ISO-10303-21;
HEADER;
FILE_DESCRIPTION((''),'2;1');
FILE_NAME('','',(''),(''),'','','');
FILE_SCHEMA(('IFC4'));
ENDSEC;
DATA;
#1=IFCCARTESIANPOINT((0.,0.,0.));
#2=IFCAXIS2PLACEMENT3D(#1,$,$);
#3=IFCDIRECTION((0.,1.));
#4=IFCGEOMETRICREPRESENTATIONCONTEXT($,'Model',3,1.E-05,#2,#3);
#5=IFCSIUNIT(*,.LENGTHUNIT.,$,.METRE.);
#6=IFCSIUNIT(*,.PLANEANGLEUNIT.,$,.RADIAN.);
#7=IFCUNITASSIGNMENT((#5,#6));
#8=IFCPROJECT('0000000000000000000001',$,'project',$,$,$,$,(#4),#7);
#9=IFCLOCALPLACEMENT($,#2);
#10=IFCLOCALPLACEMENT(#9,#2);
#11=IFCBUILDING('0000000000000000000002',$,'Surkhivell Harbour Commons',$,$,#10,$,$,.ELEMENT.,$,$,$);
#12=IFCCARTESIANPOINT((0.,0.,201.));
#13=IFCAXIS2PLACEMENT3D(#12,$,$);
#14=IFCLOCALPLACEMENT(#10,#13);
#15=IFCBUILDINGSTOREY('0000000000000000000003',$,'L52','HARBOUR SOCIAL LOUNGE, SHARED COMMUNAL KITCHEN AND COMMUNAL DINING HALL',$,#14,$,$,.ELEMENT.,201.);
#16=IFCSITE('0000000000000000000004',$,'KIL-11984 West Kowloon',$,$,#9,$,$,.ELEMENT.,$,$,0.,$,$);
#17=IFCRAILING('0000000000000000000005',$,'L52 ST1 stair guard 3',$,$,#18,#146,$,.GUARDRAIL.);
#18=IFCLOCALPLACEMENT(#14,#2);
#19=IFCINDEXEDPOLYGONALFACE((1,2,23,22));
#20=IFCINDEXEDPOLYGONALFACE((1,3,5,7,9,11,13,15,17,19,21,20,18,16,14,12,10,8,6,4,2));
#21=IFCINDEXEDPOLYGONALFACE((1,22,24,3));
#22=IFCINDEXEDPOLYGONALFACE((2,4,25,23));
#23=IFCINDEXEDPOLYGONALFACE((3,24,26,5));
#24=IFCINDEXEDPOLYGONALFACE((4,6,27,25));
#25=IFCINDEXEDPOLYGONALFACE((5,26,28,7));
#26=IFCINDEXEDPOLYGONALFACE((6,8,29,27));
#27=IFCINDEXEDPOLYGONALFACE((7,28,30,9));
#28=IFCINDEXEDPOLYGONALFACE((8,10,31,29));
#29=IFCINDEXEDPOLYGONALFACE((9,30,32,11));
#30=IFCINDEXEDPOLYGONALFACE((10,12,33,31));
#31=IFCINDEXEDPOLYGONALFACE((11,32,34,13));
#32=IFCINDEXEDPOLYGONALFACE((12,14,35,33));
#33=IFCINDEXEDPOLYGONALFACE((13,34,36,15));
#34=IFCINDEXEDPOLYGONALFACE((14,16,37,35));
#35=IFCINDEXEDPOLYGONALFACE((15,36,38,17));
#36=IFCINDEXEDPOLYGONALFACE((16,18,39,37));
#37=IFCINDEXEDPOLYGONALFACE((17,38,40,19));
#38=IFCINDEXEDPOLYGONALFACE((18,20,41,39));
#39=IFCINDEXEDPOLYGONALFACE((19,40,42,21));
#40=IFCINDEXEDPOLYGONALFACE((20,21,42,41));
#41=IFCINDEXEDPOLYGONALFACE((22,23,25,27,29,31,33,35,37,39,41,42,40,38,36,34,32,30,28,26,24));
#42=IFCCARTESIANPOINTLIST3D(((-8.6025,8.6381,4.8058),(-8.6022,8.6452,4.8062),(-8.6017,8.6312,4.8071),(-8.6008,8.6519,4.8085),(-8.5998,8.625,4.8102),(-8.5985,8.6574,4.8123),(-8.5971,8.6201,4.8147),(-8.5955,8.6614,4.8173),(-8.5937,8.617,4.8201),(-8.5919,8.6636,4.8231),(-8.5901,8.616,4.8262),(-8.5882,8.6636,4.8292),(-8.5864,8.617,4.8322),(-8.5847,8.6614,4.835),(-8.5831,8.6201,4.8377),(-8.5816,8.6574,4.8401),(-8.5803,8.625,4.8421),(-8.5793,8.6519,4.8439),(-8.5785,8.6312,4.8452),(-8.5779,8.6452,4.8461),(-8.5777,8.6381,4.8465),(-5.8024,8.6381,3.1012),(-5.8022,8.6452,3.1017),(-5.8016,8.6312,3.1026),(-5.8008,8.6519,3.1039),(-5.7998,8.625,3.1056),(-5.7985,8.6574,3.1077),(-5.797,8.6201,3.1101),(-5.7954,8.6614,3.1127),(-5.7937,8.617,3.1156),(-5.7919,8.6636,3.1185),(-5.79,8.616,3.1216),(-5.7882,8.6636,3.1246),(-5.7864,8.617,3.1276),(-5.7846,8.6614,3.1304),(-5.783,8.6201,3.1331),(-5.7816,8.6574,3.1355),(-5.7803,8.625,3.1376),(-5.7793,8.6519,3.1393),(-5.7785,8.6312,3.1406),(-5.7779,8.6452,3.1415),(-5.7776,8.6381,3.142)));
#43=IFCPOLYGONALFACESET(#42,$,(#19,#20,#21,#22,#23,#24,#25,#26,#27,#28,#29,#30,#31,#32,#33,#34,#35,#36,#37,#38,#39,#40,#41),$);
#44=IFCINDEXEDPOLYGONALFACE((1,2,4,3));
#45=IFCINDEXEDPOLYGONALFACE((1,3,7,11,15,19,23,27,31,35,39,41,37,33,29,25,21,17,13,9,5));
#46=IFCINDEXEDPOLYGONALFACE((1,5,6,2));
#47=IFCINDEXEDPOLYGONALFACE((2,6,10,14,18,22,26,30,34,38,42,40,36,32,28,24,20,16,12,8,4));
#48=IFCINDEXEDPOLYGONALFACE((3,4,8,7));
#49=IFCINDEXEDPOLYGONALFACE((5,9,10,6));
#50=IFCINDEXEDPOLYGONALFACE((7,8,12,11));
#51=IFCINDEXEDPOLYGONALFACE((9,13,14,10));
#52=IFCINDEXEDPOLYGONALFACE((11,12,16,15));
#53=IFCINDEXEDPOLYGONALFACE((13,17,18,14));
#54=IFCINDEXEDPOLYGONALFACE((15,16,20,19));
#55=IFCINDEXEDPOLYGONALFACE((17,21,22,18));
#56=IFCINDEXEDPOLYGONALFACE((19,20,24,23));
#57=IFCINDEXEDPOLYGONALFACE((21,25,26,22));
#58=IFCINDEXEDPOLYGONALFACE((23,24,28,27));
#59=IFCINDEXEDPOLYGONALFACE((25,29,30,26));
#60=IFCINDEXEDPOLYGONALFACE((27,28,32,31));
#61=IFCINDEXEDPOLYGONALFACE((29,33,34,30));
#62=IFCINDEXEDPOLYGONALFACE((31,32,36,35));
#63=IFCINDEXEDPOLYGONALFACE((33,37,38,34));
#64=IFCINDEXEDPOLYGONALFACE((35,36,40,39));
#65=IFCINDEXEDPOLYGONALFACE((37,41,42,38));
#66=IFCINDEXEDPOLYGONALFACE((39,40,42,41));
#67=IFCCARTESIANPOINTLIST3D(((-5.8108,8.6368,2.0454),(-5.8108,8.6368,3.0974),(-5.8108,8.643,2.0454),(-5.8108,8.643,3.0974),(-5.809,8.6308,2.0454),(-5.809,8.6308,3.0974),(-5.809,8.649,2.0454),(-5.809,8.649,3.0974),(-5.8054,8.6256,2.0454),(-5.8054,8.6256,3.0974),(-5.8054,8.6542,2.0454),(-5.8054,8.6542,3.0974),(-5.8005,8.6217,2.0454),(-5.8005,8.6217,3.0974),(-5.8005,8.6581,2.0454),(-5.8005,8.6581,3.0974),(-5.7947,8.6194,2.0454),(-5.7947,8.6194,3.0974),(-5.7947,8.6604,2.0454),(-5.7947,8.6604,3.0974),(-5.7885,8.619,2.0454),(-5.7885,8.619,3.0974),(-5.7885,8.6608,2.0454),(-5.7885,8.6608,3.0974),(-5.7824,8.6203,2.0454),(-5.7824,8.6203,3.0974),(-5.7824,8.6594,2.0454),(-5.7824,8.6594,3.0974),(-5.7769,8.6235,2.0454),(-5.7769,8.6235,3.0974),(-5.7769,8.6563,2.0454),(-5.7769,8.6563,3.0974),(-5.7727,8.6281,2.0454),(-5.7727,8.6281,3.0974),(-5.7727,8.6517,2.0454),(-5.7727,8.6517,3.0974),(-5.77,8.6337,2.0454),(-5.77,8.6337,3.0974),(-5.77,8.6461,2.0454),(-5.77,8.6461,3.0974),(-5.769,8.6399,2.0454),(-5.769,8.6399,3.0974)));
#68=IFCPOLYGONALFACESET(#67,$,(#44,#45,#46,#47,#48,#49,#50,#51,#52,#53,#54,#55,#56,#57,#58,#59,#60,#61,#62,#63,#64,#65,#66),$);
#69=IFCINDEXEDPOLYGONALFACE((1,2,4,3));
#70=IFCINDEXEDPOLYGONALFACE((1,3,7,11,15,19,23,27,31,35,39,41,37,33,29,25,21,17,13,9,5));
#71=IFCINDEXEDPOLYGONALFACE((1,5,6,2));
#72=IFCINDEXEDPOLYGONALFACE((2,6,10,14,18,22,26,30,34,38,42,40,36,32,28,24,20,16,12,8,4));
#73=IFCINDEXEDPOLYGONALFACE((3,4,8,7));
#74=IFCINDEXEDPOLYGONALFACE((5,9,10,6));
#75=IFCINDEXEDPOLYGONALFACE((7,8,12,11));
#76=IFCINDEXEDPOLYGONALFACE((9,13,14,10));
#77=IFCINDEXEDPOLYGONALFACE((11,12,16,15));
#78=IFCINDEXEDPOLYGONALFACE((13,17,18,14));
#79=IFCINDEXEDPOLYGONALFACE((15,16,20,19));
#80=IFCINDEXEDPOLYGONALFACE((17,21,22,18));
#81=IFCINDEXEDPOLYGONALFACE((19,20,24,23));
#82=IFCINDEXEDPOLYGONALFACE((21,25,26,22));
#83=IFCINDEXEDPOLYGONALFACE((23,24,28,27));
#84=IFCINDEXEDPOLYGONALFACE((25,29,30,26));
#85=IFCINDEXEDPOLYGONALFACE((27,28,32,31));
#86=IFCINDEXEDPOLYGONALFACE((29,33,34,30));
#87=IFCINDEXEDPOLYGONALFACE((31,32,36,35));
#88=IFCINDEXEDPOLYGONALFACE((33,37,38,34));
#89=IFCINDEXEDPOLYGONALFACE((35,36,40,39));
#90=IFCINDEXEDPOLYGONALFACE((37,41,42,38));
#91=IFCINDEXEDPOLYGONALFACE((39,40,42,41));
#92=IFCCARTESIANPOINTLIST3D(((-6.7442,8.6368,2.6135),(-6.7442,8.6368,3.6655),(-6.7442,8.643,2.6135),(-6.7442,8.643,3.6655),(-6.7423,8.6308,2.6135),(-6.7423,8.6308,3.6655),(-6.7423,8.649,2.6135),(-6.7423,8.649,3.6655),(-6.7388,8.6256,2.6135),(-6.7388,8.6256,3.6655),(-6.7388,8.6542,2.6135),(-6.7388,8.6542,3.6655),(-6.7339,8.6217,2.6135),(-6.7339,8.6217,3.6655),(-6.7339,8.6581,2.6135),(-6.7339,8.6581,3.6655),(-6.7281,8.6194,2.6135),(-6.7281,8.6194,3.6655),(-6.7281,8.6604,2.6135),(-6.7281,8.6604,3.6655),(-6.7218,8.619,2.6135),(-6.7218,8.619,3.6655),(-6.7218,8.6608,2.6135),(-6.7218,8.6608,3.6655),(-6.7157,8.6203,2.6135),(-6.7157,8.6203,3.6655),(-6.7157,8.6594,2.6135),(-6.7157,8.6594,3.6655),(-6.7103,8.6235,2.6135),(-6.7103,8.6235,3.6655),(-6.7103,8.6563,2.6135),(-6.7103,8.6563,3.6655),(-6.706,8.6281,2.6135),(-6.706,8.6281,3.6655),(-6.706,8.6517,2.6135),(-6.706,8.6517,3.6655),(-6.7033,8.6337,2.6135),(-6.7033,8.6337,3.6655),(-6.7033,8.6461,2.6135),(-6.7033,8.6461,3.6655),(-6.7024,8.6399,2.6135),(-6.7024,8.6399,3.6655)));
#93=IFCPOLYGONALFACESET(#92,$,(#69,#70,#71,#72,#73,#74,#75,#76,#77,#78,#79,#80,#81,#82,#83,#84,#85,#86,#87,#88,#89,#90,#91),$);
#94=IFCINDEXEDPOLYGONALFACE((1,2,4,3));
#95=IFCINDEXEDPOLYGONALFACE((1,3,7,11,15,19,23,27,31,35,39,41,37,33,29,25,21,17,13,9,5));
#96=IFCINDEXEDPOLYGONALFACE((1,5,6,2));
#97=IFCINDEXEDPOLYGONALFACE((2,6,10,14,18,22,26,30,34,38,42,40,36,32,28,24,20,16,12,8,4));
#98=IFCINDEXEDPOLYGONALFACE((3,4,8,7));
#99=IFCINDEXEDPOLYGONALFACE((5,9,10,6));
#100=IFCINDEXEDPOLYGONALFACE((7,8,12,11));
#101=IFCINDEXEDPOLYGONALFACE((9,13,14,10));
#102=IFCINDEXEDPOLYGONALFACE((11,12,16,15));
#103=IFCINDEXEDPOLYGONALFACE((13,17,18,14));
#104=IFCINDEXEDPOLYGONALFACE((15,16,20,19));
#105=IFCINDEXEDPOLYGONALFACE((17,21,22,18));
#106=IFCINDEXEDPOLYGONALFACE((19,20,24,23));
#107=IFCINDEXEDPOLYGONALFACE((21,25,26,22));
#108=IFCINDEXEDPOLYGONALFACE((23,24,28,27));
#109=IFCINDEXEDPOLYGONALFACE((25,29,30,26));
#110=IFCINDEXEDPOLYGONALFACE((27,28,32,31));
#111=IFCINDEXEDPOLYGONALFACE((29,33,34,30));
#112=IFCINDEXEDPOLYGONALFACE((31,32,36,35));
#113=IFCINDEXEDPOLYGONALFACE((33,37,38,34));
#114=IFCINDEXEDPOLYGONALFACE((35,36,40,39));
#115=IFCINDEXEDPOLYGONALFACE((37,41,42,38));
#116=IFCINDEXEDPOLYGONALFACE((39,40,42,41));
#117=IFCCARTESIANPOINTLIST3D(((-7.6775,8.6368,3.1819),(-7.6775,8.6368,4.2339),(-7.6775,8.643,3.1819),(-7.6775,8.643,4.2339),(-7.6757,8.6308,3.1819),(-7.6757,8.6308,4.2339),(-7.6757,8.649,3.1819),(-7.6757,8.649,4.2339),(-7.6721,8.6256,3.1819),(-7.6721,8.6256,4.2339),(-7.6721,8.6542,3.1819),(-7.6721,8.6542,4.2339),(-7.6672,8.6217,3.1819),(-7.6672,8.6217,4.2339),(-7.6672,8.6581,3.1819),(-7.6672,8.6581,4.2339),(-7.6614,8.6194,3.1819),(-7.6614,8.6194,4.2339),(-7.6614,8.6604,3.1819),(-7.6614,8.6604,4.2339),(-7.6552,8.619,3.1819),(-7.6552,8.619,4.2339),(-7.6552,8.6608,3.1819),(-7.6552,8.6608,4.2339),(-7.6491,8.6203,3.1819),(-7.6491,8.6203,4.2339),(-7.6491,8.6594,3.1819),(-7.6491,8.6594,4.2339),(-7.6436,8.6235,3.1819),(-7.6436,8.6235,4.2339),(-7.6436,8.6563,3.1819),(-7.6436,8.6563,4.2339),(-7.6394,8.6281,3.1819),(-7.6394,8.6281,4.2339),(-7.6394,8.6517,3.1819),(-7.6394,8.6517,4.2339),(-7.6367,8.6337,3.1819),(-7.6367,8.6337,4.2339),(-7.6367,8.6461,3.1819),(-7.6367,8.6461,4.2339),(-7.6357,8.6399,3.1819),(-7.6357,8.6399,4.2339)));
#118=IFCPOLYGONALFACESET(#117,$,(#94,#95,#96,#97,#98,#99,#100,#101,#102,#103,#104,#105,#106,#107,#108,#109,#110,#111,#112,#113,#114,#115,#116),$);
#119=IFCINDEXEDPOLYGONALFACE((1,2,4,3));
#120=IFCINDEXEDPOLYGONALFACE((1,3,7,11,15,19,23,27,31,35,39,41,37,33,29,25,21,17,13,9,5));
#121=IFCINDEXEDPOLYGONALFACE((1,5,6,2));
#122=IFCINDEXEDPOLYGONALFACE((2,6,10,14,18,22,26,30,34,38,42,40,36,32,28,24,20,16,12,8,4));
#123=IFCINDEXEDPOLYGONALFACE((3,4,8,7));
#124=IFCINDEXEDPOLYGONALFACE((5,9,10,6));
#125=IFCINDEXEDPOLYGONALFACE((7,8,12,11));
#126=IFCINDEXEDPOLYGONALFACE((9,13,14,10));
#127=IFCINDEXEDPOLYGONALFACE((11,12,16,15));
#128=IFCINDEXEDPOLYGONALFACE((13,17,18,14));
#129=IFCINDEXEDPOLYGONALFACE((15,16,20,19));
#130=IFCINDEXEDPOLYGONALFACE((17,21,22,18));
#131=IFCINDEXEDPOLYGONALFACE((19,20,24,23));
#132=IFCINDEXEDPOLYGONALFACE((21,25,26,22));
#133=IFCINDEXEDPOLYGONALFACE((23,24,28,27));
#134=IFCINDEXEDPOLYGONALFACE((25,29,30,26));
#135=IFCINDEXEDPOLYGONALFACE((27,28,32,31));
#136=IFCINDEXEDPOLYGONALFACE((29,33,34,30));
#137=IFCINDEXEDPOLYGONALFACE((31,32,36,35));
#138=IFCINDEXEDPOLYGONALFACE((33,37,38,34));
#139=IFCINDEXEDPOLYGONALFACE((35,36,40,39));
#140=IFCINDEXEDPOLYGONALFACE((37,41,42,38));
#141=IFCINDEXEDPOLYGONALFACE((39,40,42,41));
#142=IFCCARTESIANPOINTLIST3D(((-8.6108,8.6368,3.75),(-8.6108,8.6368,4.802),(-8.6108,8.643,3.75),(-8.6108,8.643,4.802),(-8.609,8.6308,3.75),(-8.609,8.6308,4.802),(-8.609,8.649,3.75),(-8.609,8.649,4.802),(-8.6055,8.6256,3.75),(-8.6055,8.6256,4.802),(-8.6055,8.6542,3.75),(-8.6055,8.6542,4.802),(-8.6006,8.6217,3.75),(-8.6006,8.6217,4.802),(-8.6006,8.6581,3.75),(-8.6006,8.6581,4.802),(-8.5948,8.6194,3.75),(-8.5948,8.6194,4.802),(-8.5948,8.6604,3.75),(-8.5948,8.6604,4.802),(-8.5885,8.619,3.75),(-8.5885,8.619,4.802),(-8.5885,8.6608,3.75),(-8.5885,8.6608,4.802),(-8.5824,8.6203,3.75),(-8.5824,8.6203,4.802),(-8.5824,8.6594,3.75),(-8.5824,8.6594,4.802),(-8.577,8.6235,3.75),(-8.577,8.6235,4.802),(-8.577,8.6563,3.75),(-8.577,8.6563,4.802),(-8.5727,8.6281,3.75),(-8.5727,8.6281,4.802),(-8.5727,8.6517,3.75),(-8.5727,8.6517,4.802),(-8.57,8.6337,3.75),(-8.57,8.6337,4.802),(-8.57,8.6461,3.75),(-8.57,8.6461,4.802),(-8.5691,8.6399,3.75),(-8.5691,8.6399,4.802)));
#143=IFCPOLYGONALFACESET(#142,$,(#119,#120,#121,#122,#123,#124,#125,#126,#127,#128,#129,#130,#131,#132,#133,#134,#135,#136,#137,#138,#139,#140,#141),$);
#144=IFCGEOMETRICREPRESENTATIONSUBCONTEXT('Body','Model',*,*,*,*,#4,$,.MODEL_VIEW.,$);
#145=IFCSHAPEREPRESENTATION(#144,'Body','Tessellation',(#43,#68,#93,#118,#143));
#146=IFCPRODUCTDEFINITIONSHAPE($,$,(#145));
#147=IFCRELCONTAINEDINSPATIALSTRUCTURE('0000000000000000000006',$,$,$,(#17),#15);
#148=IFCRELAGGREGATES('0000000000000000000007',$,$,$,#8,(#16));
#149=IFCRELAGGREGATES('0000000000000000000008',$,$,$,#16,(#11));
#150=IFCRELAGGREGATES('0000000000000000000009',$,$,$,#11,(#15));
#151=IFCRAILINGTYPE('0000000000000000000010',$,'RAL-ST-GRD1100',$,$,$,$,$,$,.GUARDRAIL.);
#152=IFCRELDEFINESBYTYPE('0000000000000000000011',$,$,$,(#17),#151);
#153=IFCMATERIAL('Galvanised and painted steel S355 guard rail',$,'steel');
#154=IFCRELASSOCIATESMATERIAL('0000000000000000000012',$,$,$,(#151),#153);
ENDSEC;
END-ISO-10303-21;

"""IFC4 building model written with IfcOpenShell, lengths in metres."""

from ifc_helpers import new_model, si_unit, direction, frame, origin, origin_2d, place, context, subcontext, project, spatial, circle, extrude, material, type_object, element, save


model = new_model("IFC4")

# Units and contexts
model_context = context("Model", 3, precision=1e-05, world=origin(), true_north=direction((0.0, 1.0)))
body_context = subcontext(model_context, "Body", "Model", "MODEL_VIEW")
ifc_project = project(units=[si_unit("LENGTHUNIT", "METRE"), si_unit("PLANEANGLEUNIT", "RADIAN")], contexts=[model_context])

# Site, building, storey
site_placement = place(None, origin())
site = spatial("IfcSite", under=ifc_project, at=site_placement, Name="KIL-11984 West Kowloon", CompositionType="ELEMENT", RefElevation=0.0)
building_placement = place(site_placement, origin())
building = spatial("IfcBuilding", under=site, at=building_placement, Name="Surkhivell Harbour Commons", CompositionType="ELEMENT")
storey_placement = place(building_placement, frame((0.0, 0.0, 201.0)))
storey = spatial("IfcBuildingStorey", under=building, at=storey_placement, Name="L52", Description="HARBOUR SOCIAL LOUNGE, SHARED COMMUNAL KITCHEN AND COMMUNAL DINING HALL", CompositionType="ELEMENT", Elevation=201.0)

# Railing
ifc_material_1 = material(Name="Galvanised and painted steel S355 guard rail", Category="steel")
railing_type_1 = type_object("IfcRailingType", Name="RAL-ST-GRD1100", PredefinedType="GUARDRAIL", material=ifc_material_1)
railing_1_placement = place(storey_placement, frame((-5.79, 8.6399, 2.0454)))
element("IfcRailing", 1, at=railing_1_placement, inside=storey, type_object=railing_type_1, Name="L52 ST1 stair guard 3", PredefinedType="GUARDRAIL", context=body_context, shape_type="SweptSolid", body=[
    extrude(circle(Radius=0.0239, at=origin_2d()), frame((0.0, 0.0, 1.0762), z_axis=(-0.85417, 0.0, 0.519994), x_axis=(0.0, -1.0, 0.0)), (0.0, 0.0, 1.0), 3.2781),
    extrude(circle(Radius=0.021, at=origin_2d()), origin(), (0.0, 0.0, 1.0), 1.052),
    extrude(circle(Radius=0.021, at=origin_2d()), frame((-0.9333, 0.0, 0.5681)), (0.0, 0.0, 1.0), 1.052),
    extrude(circle(Radius=0.021, at=origin_2d()), frame((-1.8667, 0.0, 1.1365)), (0.0, 0.0, 1.0), 1.052),
    extrude(circle(Radius=0.021, at=origin_2d()), frame((-2.8, 0.0, 1.7046)), (0.0, 0.0, 1.0), 1.052),
])

save(model, "model.ifc")
